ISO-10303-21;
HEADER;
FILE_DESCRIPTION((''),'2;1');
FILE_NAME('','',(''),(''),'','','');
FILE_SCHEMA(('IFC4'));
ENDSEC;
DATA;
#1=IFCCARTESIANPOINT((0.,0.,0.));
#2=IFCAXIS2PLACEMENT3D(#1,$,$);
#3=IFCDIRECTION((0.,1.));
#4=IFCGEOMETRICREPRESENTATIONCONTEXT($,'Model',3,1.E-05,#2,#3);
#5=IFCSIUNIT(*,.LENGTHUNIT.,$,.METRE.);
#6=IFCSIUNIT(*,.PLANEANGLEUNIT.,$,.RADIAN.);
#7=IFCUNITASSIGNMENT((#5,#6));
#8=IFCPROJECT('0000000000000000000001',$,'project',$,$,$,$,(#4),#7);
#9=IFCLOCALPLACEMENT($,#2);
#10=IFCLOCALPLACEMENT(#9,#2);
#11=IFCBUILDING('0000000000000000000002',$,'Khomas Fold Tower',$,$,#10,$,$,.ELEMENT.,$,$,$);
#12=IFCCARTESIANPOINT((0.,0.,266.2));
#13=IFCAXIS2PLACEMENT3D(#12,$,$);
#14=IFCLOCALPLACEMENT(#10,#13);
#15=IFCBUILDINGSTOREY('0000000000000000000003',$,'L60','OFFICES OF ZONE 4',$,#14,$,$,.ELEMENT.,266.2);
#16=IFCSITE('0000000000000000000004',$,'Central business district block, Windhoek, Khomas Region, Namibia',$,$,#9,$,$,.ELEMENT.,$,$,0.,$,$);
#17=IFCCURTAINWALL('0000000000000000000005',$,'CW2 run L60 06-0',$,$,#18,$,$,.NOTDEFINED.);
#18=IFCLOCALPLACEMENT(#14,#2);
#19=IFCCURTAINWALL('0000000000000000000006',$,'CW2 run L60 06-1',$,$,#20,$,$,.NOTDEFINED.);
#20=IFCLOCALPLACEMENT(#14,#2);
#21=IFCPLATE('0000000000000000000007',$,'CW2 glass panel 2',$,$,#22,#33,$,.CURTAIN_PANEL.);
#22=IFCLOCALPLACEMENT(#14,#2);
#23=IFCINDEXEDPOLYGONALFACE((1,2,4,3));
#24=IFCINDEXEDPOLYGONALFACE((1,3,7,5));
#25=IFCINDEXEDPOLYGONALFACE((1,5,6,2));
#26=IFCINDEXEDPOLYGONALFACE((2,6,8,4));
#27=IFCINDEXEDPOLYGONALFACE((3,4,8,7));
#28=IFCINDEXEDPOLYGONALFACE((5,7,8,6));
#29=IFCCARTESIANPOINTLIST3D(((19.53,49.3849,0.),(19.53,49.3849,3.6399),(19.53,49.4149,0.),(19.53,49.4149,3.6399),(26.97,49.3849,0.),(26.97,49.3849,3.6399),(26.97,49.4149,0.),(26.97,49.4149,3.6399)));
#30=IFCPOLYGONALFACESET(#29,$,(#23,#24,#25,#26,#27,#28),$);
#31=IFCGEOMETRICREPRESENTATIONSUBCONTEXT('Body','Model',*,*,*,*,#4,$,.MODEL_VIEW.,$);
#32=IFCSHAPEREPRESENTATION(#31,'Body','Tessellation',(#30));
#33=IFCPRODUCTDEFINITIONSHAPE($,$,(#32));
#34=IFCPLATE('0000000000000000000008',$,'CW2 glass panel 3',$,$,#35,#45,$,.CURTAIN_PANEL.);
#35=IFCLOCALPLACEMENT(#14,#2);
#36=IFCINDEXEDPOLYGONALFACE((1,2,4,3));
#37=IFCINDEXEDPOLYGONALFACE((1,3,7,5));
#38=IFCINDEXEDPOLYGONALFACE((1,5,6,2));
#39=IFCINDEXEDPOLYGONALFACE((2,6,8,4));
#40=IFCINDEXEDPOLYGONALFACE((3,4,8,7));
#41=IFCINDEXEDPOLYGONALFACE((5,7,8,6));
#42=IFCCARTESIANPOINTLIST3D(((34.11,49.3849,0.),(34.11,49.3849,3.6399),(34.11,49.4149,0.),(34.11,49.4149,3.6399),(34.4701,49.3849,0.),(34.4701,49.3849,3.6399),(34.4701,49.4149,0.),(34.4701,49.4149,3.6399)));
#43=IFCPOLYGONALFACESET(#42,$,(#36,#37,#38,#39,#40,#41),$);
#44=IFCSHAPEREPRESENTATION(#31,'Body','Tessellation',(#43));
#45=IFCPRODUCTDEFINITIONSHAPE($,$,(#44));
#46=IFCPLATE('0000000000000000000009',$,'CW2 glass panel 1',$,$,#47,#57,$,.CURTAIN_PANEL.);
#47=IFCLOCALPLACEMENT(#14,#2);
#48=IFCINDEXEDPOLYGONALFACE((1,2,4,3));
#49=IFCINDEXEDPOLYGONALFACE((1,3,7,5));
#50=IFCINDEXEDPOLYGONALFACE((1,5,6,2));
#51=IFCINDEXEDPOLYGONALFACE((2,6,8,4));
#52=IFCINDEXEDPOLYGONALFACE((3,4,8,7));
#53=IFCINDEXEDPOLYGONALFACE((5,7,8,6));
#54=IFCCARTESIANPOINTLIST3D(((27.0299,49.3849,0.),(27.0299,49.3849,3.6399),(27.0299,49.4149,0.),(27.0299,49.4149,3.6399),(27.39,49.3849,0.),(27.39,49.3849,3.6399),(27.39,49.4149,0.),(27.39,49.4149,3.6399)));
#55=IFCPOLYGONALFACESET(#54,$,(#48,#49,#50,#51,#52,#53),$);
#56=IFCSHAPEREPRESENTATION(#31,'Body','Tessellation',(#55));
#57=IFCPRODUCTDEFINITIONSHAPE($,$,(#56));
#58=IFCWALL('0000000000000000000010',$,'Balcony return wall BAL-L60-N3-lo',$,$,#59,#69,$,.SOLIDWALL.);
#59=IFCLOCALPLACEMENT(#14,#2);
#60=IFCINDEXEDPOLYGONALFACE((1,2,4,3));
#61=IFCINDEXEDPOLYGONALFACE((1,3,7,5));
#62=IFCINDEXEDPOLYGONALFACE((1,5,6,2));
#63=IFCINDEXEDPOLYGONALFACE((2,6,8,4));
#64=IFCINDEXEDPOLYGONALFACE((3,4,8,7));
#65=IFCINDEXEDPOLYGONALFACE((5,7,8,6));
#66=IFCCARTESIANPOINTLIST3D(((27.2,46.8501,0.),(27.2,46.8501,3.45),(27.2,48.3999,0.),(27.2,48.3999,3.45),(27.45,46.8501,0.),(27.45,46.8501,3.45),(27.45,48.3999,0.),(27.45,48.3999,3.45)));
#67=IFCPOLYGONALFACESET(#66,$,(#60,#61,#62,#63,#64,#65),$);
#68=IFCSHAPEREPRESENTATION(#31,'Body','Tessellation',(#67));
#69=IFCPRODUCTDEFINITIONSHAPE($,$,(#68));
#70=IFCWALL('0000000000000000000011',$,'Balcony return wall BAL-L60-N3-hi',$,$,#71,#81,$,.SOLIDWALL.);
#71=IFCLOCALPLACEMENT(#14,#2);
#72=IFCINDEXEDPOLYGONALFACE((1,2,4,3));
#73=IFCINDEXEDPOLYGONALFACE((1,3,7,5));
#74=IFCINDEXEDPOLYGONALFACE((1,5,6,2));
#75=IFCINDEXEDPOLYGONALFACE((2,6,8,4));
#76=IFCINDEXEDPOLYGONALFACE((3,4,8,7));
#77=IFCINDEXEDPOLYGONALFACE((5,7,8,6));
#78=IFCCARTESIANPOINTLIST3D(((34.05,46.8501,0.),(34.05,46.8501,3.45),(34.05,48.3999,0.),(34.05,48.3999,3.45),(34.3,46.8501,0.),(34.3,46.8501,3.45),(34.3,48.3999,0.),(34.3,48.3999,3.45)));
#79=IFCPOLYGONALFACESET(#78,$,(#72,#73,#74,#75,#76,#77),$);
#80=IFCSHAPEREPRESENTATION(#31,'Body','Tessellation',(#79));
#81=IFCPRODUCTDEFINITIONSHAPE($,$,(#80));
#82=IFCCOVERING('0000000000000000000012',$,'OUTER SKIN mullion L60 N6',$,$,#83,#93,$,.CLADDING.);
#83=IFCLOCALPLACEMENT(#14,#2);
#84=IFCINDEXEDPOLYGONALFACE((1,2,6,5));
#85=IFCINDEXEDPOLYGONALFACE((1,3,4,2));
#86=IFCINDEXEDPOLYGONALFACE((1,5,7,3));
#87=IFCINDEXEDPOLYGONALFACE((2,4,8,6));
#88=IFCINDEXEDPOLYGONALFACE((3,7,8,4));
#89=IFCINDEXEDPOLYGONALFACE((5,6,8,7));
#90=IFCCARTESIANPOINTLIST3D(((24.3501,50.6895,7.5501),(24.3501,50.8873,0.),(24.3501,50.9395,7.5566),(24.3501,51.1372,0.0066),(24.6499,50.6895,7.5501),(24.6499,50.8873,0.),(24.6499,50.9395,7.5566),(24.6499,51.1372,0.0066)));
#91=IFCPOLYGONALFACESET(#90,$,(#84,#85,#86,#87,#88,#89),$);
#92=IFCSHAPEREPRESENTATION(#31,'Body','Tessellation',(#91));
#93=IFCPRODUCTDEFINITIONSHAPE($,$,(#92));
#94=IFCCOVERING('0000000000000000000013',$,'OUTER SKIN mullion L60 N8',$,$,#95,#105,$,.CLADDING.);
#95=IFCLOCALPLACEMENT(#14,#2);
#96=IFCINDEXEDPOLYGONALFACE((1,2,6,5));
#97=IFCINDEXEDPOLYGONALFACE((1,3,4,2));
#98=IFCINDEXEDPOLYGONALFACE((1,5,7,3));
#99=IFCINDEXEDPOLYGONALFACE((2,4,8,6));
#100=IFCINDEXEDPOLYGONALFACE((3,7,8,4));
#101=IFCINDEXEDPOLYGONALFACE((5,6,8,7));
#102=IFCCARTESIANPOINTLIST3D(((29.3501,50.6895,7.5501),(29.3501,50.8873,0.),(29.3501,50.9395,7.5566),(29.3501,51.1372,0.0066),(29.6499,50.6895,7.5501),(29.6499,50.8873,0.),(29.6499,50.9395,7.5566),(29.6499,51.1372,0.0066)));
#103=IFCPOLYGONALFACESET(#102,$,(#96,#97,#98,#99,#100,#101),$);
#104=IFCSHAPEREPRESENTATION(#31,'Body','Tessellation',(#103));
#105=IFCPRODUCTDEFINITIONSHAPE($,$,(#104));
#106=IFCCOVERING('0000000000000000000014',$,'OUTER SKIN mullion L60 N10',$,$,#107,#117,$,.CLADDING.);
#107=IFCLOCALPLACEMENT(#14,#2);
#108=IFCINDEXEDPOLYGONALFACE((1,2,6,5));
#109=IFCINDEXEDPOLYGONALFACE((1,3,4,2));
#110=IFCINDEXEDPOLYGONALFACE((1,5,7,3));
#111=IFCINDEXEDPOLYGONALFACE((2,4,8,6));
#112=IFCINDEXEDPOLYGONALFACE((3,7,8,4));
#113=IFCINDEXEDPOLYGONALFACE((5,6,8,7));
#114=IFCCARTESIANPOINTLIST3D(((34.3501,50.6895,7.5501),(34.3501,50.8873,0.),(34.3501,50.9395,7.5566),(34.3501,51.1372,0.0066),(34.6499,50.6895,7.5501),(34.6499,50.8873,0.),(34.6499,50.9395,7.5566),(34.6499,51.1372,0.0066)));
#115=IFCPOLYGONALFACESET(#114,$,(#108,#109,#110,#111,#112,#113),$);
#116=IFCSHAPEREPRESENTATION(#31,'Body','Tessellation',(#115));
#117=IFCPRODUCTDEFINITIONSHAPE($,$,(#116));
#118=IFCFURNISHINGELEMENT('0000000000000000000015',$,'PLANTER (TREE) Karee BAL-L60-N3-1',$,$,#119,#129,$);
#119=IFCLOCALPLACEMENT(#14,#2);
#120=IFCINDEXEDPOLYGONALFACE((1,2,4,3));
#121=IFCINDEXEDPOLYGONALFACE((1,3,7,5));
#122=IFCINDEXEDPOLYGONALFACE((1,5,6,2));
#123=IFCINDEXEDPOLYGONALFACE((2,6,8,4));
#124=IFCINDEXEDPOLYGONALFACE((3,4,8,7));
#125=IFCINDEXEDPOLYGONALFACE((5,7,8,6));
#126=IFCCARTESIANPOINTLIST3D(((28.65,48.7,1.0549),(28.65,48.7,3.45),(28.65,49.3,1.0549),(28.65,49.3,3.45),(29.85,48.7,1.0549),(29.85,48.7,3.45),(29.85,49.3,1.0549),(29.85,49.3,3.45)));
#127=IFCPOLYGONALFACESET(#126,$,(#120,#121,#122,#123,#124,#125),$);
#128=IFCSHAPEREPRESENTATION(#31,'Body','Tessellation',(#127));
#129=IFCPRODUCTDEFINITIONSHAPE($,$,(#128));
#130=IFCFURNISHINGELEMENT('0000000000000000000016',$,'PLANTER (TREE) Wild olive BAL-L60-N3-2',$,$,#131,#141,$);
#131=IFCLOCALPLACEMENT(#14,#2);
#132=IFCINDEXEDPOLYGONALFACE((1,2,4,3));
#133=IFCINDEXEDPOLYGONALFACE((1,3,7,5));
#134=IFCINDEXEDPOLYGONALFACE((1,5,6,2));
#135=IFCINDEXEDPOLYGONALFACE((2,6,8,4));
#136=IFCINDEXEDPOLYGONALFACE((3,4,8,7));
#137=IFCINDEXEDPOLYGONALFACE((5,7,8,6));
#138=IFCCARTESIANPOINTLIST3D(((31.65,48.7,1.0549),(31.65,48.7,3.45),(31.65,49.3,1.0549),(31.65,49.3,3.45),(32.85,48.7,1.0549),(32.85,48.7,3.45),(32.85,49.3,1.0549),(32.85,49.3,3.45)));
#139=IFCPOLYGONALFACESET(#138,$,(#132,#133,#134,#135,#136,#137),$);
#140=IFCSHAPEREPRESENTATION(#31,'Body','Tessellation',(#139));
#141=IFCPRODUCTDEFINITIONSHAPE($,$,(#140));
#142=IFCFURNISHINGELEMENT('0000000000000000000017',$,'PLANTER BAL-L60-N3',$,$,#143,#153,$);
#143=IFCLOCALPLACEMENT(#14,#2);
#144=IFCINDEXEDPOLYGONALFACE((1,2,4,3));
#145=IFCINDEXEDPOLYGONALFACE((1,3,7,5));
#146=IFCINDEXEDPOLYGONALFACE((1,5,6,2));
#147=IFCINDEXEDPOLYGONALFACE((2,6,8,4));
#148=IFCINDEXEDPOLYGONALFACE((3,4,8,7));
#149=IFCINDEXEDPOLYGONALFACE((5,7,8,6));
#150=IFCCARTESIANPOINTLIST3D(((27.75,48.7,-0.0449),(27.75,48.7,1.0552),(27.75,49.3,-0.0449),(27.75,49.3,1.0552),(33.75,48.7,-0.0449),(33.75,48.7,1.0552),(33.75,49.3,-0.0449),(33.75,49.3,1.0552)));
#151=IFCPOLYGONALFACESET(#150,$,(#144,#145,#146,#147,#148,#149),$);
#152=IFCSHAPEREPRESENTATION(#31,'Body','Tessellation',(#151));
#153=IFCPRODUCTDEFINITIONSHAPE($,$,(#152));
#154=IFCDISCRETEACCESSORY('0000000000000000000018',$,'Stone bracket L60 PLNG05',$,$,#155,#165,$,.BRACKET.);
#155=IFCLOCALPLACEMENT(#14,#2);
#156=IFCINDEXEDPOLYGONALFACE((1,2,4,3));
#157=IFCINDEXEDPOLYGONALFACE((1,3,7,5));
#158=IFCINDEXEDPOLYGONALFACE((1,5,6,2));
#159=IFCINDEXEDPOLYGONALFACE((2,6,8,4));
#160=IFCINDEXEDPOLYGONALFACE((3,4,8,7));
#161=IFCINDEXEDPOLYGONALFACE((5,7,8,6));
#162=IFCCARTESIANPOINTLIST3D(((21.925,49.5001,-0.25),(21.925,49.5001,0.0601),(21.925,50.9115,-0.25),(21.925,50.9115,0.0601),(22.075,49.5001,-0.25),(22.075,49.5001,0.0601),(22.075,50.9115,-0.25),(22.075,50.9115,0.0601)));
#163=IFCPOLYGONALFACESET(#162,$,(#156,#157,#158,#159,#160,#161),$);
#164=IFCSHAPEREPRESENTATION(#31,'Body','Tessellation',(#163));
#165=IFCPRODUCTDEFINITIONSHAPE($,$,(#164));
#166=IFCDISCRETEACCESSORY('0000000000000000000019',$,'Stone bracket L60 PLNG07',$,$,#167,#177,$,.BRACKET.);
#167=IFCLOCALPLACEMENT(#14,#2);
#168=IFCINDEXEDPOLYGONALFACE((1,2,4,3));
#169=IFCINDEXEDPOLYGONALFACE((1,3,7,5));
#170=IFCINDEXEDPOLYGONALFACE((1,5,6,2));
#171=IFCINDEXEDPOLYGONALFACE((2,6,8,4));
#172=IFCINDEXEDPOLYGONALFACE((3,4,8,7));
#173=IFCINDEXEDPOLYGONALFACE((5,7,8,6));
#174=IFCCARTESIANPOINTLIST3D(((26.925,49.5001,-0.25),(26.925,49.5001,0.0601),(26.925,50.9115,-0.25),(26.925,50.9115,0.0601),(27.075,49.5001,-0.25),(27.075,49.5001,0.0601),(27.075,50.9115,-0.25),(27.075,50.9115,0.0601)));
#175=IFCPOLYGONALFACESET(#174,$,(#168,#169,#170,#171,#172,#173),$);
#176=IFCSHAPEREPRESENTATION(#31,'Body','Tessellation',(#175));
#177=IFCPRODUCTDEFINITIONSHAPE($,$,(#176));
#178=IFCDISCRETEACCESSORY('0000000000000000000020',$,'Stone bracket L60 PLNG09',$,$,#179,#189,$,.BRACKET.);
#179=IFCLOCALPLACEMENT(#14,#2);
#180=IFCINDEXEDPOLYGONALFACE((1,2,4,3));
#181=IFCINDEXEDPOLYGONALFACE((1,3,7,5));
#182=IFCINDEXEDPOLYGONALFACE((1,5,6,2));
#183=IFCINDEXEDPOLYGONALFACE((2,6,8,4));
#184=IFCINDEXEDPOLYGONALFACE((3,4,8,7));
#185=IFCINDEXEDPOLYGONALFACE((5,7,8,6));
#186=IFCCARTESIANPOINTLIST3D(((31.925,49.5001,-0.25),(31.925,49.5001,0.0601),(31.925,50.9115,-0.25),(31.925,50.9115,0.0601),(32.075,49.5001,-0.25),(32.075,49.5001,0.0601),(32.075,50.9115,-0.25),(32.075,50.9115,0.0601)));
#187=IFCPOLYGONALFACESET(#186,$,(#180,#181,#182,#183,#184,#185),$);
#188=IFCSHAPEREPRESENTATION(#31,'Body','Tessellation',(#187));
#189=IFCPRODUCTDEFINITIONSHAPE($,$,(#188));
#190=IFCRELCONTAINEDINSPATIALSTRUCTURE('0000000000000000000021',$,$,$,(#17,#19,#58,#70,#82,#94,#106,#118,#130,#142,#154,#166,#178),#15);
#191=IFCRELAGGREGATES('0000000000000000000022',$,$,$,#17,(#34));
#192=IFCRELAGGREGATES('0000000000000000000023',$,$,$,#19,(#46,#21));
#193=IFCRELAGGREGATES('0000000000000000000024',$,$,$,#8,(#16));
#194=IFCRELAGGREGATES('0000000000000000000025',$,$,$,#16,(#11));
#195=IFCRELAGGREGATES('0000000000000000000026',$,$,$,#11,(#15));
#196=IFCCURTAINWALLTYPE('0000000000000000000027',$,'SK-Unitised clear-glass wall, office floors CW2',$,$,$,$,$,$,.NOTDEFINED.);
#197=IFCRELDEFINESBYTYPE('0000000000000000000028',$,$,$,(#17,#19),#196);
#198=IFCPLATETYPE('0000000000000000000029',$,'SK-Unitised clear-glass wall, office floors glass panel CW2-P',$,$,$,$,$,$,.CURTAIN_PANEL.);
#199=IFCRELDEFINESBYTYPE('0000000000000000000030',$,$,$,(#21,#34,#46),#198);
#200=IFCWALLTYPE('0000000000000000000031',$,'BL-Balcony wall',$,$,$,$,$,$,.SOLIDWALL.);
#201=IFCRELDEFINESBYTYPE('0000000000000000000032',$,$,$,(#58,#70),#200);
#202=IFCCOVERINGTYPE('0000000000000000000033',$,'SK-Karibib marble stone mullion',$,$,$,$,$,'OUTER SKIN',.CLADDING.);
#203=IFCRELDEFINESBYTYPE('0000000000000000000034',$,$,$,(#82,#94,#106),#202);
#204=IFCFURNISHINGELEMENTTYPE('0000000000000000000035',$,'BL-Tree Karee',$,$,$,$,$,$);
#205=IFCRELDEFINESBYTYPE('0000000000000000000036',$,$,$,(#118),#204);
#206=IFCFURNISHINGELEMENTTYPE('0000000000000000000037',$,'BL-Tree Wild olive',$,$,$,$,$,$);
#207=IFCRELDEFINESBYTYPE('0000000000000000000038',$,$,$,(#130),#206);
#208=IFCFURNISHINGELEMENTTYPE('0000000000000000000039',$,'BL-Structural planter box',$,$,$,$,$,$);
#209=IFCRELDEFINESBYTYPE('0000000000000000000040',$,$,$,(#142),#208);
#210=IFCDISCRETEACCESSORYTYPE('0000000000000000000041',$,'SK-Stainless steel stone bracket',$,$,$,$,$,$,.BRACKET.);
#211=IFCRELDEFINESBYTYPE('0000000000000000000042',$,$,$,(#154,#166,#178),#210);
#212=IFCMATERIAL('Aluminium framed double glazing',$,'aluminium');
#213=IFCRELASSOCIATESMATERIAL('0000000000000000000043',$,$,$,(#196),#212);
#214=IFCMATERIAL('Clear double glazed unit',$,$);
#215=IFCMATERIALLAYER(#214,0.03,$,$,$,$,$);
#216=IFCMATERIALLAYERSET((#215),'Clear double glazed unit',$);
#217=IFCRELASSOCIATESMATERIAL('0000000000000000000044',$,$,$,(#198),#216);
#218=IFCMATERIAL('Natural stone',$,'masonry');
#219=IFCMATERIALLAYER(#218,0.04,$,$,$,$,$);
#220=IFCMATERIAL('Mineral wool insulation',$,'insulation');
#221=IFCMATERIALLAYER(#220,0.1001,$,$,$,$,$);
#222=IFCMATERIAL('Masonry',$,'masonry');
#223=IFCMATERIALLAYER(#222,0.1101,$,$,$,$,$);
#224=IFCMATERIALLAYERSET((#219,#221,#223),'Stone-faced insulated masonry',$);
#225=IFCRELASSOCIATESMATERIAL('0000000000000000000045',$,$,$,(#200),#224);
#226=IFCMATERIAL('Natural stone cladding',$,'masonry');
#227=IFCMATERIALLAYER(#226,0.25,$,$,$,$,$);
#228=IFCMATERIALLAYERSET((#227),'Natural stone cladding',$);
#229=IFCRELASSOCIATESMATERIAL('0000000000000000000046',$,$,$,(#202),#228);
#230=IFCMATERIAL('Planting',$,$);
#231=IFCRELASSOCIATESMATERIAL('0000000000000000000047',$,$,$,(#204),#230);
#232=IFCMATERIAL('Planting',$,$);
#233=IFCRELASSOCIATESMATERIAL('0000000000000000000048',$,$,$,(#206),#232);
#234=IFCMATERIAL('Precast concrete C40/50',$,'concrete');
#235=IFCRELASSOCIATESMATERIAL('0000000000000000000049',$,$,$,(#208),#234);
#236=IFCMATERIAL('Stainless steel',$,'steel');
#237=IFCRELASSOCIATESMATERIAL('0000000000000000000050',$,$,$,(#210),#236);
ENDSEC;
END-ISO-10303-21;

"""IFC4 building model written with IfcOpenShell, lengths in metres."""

from ifc_helpers import new_model, si_unit, direction, frame, frame_2d, origin, origin_2d, place, context, subcontext, project, spatial, polyline, rectangle, outline, extrude, source, transform, mapped, material, layer, layer_set, type_object, element, aggregate, save


model = new_model("IFC4")

# Units and contexts
model_context = context("Model", 3, precision=1e-05, world=origin(), true_north=direction((0.0, 1.0)))
body_context = subcontext(model_context, "Body", "Model", "MODEL_VIEW")
ifc_project = project(units=[si_unit("LENGTHUNIT", "METRE"), si_unit("PLANEANGLEUNIT", "RADIAN")], contexts=[model_context])

# Site, building, storey
site_placement = place(None, origin())
site = spatial("IfcSite", under=ifc_project, at=site_placement, Name="Central business district block, Windhoek, Khomas Region, Namibia", CompositionType="ELEMENT", RefElevation=0.0)
building_placement = place(site_placement, origin())
building = spatial("IfcBuilding", under=site, at=building_placement, Name="Khomas Fold Tower", CompositionType="ELEMENT")
storey_placement = place(building_placement, frame((0.0, 0.0, 266.2)))
storey = spatial("IfcBuildingStorey", under=building, at=storey_placement, Name="L60", Description="OFFICES OF ZONE 4", CompositionType="ELEMENT", Elevation=266.2)

# Curtain wall
ifc_material_1 = material(Name="Aluminium framed double glazing", Category="aluminium")
curtain_wall_type = type_object("IfcCurtainWallType", Name="SK-Unitised clear-glass wall, office floors CW2", PredefinedType="NOTDEFINED", material=ifc_material_1)
curtain_wall_1_placement = place(storey_placement, origin())
curtain_wall_1 = element("IfcCurtainWall", 1, at=curtain_wall_1_placement, inside=storey, type_object=curtain_wall_type, Name="CW2 run L60 06-0", PredefinedType="NOTDEFINED")

# Curtain wall
curtain_wall_2_placement = place(storey_placement, origin())
curtain_wall_2 = element("IfcCurtainWall", 2, at=curtain_wall_2_placement, inside=storey, type_object=curtain_wall_type, Name="CW2 run L60 06-1", PredefinedType="NOTDEFINED")

# Plates
ifc_material_2 = material(Name="Clear double glazed unit")
ifc_layer_1 = layer(ifc_material_2, 0.03)
ifc_layer_set_1 = layer_set([ifc_layer_1], Name="Clear double glazed unit")
plate_type_1 = type_object("IfcPlateType", Name="SK-Unitised clear-glass wall, office floors glass panel CW2-P", PredefinedType="CURTAIN_PANEL", material=ifc_layer_set_1)
shared_shape_1 = source(origin(), body_context, "Body", "SweptSolid", [
    extrude(rectangle(XDim=7.4399, YDim=0.03, at=origin_2d()), origin(), (0.0, 0.0, 1.0), 3.6399),
])
plate_1_placement = place(storey_placement, frame((23.25, 49.3999, 0.0), z_axis=(0.0, 0.0, 1.0), x_axis=(-1.0, 0.0, 0.0)))
plate_1 = element("IfcPlate", 3, at=plate_1_placement, type_object=plate_type_1, Name="CW2 glass panel 2", PredefinedType="CURTAIN_PANEL", context=body_context, shape_type="MappedRepresentation", body=[
    mapped(shared_shape_1, transform((0.0, 0.0, 0.0))),
])
shared_shape_2 = source(origin(), body_context, "Body", "SweptSolid", [
    extrude(rectangle(XDim=0.3601, YDim=0.03, at=origin_2d()), origin(), (0.0, 0.0, 1.0), 3.6399),
])
plate_2_placement = place(storey_placement, frame((34.29, 49.3999, 0.0), z_axis=(0.0, 0.0, 1.0), x_axis=(-1.0, 0.0, 0.0)))
plate_2 = element("IfcPlate", 4, at=plate_2_placement, type_object=plate_type_1, Name="CW2 glass panel 3", PredefinedType="CURTAIN_PANEL", context=body_context, shape_type="MappedRepresentation", body=[
    mapped(shared_shape_2, transform((0.0, 0.0, 0.0))),
])
aggregate(curtain_wall_1, [plate_2])
plate_3_placement = place(storey_placement, frame((27.21, 49.3999, 0.0), z_axis=(0.0, 0.0, 1.0), x_axis=(-1.0, 0.0, 0.0)))
plate_3 = element("IfcPlate", 5, at=plate_3_placement, type_object=plate_type_1, Name="CW2 glass panel 1", PredefinedType="CURTAIN_PANEL", context=body_context, shape_type="MappedRepresentation", body=[
    mapped(shared_shape_2, transform((0.0, 0.0, 0.0))),
])
aggregate(curtain_wall_2, [plate_3, plate_1])

# Walls
ifc_material_3 = material(Name="Natural stone", Category="masonry")
ifc_layer_2 = layer(ifc_material_3, 0.04)
ifc_material_4 = material(Name="Mineral wool insulation", Category="insulation")
ifc_layer_3 = layer(ifc_material_4, 0.1001)
ifc_material_5 = material(Name="Masonry", Category="masonry")
ifc_layer_4 = layer(ifc_material_5, 0.1101)
ifc_layer_set_2 = layer_set([ifc_layer_2, ifc_layer_3, ifc_layer_4], Name="Stone-faced insulated masonry")
wall_type = type_object("IfcWallType", Name="BL-Balcony wall", PredefinedType="SOLIDWALL", material=ifc_layer_set_2)
shared_shape_3 = source(origin(), body_context, "Body", "SweptSolid", [
    extrude(rectangle(XDim=1.5498, YDim=0.25, at=frame_2d((0.7749, 0.0))), origin(), (0.0, 0.0, 1.0), 3.45),
])
for number, where, z_axis, x_axis, name in (
    (6, (27.325, 48.3999, 0.0), (0.0, 0.0, 1.0), (0.0, -1.0, 0.0), "Balcony return wall BAL-L60-N3-lo"),
    (7, (34.175, 48.3999, 0.0), (0.0, 0.0, 1.0), (0.0, -1.0, 0.0), "Balcony return wall BAL-L60-N3-hi"),
):
    element("IfcWall", number, at=place(storey_placement, frame(where, z_axis=z_axis, x_axis=x_axis)), inside=storey, type_object=wall_type, Name=name, PredefinedType="SOLIDWALL", context=body_context, shape_type="MappedRepresentation", body=[
        mapped(shared_shape_3, transform((0.0, 0.0, 0.0))),
    ])

# Coverings
ifc_material_6 = material(Name="Natural stone cladding", Category="masonry")
ifc_layer_5 = layer(ifc_material_6, 0.25)
ifc_layer_set_3 = layer_set([ifc_layer_5], Name="Natural stone cladding")
covering_type = type_object("IfcCoveringType", Name="SK-Karibib marble stone mullion", ElementType="OUTER SKIN", PredefinedType="CLADDING", material=ifc_layer_set_3)
for number, where, z_axis, x_axis, name in (
    (8, (24.3501, 51.1372, 0.0066), (0.0, 0.999657, 0.026183), (1.0, 0.0, 0.0), "OUTER SKIN mullion L60 N6"),
    (9, (29.3501, 51.1372, 0.0066), (0.0, 0.999657, 0.026183), (1.0, 0.0, 0.0), "OUTER SKIN mullion L60 N8"),
    (10, (34.3501, 51.1372, 0.0066), (0.0, 0.999657, 0.026183), (1.0, 0.0, 0.0), "OUTER SKIN mullion L60 N10"),
):
    element("IfcCovering", number, at=place(storey_placement, frame(where, z_axis=z_axis, x_axis=x_axis)), inside=storey, type_object=covering_type, Name=name, PredefinedType="CLADDING", context=body_context, shape_type="SweptSolid", body=[
        extrude(outline(polyline([(0.0, 0.0), (0.2998, 0.0), (0.2998, -7.5526), (0.0, -7.5526), (0.0, 0.0)])), origin(), (0.0, 0.0, -1.0), 0.25),
    ])

# Furnishing elements
ifc_material_7 = material(Name="Planting")
furnishing_element_type_1 = type_object("IfcFurnishingElementType", Name="BL-Tree Karee", material=ifc_material_7)
shared_shape_4 = source(origin(), body_context, "Body", "SweptSolid", [
    extrude(rectangle(XDim=1.2, YDim=0.6001, at=origin_2d()), origin(), (0.0, 0.0, 1.0), 2.395),
])
furnishing_1_placement = place(storey_placement, frame((29.25, 49.0, 1.0549), z_axis=(0.0, 0.0, 1.0), x_axis=(1.0, 0.0, 0.0)))
element("IfcFurnishingElement", 11, at=furnishing_1_placement, inside=storey, type_object=furnishing_element_type_1, Name="PLANTER (TREE) Karee BAL-L60-N3-1", context=body_context, shape_type="MappedRepresentation", body=[
    mapped(shared_shape_4, transform((0.0, 0.0, 0.0))),
])
ifc_material_8 = material(Name="Planting")
furnishing_element_type_2 = type_object("IfcFurnishingElementType", Name="BL-Tree Wild olive", material=ifc_material_8)
furnishing_2_placement = place(storey_placement, frame((32.25, 49.0, 1.0549), z_axis=(0.0, 0.0, 1.0), x_axis=(1.0, 0.0, 0.0)))
element("IfcFurnishingElement", 12, at=furnishing_2_placement, inside=storey, type_object=furnishing_element_type_2, Name="PLANTER (TREE) Wild olive BAL-L60-N3-2", context=body_context, shape_type="MappedRepresentation", body=[
    mapped(shared_shape_4, transform((0.0, 0.0, 0.0))),
])
ifc_material_9 = material(Name="Precast concrete C40/50", Category="concrete")
furnishing_element_type_3 = type_object("IfcFurnishingElementType", Name="BL-Structural planter box", material=ifc_material_9)
shared_shape_5 = source(origin(), body_context, "Body", "SweptSolid", [
    extrude(rectangle(XDim=6.0, YDim=0.6001, at=origin_2d()), origin(), (0.0, 0.0, 1.0), 1.1001),
])
furnishing_3_placement = place(storey_placement, frame((30.75, 49.0, -0.0449), z_axis=(0.0, 0.0, 1.0), x_axis=(1.0, 0.0, 0.0)))
element("IfcFurnishingElement", 13, at=furnishing_3_placement, inside=storey, type_object=furnishing_element_type_3, Name="PLANTER BAL-L60-N3", context=body_context, shape_type="MappedRepresentation", body=[
    mapped(shared_shape_5, transform((0.0, 0.0, 0.0))),
])

# Discrete accessories
ifc_material_10 = material(Name="Stainless steel", Category="steel")
discrete_accessory_type = type_object("IfcDiscreteAccessoryType", Name="SK-Stainless steel stone bracket", PredefinedType="BRACKET", material=ifc_material_10)
shared_shape_6 = source(origin(), body_context, "Body", "SweptSolid", [
    extrude(rectangle(XDim=1.4114, YDim=0.1499, at=origin_2d()), origin(), (0.0, 0.0, 1.0), 0.3101),
])
for number, where, z_axis, x_axis, name in (
    (14, (22.0, 50.2058, -0.25), (0.0, 0.0, 1.0), (0.0, 1.0, 0.0), "Stone bracket L60 PLNG05"),
    (15, (27.0, 50.2058, -0.25), (0.0, 0.0, 1.0), (0.0, 1.0, 0.0), "Stone bracket L60 PLNG07"),
    (16, (32.0, 50.2058, -0.25), (0.0, 0.0, 1.0), (0.0, 1.0, 0.0), "Stone bracket L60 PLNG09"),
):
    element("IfcDiscreteAccessory", number, at=place(storey_placement, frame(where, z_axis=z_axis, x_axis=x_axis)), inside=storey, type_object=discrete_accessory_type, Name=name, PredefinedType="BRACKET", context=body_context, shape_type="MappedRepresentation", body=[
        mapped(shared_shape_6, transform((0.0, 0.0, 0.0))),
    ])

save(model, "model.ifc")
